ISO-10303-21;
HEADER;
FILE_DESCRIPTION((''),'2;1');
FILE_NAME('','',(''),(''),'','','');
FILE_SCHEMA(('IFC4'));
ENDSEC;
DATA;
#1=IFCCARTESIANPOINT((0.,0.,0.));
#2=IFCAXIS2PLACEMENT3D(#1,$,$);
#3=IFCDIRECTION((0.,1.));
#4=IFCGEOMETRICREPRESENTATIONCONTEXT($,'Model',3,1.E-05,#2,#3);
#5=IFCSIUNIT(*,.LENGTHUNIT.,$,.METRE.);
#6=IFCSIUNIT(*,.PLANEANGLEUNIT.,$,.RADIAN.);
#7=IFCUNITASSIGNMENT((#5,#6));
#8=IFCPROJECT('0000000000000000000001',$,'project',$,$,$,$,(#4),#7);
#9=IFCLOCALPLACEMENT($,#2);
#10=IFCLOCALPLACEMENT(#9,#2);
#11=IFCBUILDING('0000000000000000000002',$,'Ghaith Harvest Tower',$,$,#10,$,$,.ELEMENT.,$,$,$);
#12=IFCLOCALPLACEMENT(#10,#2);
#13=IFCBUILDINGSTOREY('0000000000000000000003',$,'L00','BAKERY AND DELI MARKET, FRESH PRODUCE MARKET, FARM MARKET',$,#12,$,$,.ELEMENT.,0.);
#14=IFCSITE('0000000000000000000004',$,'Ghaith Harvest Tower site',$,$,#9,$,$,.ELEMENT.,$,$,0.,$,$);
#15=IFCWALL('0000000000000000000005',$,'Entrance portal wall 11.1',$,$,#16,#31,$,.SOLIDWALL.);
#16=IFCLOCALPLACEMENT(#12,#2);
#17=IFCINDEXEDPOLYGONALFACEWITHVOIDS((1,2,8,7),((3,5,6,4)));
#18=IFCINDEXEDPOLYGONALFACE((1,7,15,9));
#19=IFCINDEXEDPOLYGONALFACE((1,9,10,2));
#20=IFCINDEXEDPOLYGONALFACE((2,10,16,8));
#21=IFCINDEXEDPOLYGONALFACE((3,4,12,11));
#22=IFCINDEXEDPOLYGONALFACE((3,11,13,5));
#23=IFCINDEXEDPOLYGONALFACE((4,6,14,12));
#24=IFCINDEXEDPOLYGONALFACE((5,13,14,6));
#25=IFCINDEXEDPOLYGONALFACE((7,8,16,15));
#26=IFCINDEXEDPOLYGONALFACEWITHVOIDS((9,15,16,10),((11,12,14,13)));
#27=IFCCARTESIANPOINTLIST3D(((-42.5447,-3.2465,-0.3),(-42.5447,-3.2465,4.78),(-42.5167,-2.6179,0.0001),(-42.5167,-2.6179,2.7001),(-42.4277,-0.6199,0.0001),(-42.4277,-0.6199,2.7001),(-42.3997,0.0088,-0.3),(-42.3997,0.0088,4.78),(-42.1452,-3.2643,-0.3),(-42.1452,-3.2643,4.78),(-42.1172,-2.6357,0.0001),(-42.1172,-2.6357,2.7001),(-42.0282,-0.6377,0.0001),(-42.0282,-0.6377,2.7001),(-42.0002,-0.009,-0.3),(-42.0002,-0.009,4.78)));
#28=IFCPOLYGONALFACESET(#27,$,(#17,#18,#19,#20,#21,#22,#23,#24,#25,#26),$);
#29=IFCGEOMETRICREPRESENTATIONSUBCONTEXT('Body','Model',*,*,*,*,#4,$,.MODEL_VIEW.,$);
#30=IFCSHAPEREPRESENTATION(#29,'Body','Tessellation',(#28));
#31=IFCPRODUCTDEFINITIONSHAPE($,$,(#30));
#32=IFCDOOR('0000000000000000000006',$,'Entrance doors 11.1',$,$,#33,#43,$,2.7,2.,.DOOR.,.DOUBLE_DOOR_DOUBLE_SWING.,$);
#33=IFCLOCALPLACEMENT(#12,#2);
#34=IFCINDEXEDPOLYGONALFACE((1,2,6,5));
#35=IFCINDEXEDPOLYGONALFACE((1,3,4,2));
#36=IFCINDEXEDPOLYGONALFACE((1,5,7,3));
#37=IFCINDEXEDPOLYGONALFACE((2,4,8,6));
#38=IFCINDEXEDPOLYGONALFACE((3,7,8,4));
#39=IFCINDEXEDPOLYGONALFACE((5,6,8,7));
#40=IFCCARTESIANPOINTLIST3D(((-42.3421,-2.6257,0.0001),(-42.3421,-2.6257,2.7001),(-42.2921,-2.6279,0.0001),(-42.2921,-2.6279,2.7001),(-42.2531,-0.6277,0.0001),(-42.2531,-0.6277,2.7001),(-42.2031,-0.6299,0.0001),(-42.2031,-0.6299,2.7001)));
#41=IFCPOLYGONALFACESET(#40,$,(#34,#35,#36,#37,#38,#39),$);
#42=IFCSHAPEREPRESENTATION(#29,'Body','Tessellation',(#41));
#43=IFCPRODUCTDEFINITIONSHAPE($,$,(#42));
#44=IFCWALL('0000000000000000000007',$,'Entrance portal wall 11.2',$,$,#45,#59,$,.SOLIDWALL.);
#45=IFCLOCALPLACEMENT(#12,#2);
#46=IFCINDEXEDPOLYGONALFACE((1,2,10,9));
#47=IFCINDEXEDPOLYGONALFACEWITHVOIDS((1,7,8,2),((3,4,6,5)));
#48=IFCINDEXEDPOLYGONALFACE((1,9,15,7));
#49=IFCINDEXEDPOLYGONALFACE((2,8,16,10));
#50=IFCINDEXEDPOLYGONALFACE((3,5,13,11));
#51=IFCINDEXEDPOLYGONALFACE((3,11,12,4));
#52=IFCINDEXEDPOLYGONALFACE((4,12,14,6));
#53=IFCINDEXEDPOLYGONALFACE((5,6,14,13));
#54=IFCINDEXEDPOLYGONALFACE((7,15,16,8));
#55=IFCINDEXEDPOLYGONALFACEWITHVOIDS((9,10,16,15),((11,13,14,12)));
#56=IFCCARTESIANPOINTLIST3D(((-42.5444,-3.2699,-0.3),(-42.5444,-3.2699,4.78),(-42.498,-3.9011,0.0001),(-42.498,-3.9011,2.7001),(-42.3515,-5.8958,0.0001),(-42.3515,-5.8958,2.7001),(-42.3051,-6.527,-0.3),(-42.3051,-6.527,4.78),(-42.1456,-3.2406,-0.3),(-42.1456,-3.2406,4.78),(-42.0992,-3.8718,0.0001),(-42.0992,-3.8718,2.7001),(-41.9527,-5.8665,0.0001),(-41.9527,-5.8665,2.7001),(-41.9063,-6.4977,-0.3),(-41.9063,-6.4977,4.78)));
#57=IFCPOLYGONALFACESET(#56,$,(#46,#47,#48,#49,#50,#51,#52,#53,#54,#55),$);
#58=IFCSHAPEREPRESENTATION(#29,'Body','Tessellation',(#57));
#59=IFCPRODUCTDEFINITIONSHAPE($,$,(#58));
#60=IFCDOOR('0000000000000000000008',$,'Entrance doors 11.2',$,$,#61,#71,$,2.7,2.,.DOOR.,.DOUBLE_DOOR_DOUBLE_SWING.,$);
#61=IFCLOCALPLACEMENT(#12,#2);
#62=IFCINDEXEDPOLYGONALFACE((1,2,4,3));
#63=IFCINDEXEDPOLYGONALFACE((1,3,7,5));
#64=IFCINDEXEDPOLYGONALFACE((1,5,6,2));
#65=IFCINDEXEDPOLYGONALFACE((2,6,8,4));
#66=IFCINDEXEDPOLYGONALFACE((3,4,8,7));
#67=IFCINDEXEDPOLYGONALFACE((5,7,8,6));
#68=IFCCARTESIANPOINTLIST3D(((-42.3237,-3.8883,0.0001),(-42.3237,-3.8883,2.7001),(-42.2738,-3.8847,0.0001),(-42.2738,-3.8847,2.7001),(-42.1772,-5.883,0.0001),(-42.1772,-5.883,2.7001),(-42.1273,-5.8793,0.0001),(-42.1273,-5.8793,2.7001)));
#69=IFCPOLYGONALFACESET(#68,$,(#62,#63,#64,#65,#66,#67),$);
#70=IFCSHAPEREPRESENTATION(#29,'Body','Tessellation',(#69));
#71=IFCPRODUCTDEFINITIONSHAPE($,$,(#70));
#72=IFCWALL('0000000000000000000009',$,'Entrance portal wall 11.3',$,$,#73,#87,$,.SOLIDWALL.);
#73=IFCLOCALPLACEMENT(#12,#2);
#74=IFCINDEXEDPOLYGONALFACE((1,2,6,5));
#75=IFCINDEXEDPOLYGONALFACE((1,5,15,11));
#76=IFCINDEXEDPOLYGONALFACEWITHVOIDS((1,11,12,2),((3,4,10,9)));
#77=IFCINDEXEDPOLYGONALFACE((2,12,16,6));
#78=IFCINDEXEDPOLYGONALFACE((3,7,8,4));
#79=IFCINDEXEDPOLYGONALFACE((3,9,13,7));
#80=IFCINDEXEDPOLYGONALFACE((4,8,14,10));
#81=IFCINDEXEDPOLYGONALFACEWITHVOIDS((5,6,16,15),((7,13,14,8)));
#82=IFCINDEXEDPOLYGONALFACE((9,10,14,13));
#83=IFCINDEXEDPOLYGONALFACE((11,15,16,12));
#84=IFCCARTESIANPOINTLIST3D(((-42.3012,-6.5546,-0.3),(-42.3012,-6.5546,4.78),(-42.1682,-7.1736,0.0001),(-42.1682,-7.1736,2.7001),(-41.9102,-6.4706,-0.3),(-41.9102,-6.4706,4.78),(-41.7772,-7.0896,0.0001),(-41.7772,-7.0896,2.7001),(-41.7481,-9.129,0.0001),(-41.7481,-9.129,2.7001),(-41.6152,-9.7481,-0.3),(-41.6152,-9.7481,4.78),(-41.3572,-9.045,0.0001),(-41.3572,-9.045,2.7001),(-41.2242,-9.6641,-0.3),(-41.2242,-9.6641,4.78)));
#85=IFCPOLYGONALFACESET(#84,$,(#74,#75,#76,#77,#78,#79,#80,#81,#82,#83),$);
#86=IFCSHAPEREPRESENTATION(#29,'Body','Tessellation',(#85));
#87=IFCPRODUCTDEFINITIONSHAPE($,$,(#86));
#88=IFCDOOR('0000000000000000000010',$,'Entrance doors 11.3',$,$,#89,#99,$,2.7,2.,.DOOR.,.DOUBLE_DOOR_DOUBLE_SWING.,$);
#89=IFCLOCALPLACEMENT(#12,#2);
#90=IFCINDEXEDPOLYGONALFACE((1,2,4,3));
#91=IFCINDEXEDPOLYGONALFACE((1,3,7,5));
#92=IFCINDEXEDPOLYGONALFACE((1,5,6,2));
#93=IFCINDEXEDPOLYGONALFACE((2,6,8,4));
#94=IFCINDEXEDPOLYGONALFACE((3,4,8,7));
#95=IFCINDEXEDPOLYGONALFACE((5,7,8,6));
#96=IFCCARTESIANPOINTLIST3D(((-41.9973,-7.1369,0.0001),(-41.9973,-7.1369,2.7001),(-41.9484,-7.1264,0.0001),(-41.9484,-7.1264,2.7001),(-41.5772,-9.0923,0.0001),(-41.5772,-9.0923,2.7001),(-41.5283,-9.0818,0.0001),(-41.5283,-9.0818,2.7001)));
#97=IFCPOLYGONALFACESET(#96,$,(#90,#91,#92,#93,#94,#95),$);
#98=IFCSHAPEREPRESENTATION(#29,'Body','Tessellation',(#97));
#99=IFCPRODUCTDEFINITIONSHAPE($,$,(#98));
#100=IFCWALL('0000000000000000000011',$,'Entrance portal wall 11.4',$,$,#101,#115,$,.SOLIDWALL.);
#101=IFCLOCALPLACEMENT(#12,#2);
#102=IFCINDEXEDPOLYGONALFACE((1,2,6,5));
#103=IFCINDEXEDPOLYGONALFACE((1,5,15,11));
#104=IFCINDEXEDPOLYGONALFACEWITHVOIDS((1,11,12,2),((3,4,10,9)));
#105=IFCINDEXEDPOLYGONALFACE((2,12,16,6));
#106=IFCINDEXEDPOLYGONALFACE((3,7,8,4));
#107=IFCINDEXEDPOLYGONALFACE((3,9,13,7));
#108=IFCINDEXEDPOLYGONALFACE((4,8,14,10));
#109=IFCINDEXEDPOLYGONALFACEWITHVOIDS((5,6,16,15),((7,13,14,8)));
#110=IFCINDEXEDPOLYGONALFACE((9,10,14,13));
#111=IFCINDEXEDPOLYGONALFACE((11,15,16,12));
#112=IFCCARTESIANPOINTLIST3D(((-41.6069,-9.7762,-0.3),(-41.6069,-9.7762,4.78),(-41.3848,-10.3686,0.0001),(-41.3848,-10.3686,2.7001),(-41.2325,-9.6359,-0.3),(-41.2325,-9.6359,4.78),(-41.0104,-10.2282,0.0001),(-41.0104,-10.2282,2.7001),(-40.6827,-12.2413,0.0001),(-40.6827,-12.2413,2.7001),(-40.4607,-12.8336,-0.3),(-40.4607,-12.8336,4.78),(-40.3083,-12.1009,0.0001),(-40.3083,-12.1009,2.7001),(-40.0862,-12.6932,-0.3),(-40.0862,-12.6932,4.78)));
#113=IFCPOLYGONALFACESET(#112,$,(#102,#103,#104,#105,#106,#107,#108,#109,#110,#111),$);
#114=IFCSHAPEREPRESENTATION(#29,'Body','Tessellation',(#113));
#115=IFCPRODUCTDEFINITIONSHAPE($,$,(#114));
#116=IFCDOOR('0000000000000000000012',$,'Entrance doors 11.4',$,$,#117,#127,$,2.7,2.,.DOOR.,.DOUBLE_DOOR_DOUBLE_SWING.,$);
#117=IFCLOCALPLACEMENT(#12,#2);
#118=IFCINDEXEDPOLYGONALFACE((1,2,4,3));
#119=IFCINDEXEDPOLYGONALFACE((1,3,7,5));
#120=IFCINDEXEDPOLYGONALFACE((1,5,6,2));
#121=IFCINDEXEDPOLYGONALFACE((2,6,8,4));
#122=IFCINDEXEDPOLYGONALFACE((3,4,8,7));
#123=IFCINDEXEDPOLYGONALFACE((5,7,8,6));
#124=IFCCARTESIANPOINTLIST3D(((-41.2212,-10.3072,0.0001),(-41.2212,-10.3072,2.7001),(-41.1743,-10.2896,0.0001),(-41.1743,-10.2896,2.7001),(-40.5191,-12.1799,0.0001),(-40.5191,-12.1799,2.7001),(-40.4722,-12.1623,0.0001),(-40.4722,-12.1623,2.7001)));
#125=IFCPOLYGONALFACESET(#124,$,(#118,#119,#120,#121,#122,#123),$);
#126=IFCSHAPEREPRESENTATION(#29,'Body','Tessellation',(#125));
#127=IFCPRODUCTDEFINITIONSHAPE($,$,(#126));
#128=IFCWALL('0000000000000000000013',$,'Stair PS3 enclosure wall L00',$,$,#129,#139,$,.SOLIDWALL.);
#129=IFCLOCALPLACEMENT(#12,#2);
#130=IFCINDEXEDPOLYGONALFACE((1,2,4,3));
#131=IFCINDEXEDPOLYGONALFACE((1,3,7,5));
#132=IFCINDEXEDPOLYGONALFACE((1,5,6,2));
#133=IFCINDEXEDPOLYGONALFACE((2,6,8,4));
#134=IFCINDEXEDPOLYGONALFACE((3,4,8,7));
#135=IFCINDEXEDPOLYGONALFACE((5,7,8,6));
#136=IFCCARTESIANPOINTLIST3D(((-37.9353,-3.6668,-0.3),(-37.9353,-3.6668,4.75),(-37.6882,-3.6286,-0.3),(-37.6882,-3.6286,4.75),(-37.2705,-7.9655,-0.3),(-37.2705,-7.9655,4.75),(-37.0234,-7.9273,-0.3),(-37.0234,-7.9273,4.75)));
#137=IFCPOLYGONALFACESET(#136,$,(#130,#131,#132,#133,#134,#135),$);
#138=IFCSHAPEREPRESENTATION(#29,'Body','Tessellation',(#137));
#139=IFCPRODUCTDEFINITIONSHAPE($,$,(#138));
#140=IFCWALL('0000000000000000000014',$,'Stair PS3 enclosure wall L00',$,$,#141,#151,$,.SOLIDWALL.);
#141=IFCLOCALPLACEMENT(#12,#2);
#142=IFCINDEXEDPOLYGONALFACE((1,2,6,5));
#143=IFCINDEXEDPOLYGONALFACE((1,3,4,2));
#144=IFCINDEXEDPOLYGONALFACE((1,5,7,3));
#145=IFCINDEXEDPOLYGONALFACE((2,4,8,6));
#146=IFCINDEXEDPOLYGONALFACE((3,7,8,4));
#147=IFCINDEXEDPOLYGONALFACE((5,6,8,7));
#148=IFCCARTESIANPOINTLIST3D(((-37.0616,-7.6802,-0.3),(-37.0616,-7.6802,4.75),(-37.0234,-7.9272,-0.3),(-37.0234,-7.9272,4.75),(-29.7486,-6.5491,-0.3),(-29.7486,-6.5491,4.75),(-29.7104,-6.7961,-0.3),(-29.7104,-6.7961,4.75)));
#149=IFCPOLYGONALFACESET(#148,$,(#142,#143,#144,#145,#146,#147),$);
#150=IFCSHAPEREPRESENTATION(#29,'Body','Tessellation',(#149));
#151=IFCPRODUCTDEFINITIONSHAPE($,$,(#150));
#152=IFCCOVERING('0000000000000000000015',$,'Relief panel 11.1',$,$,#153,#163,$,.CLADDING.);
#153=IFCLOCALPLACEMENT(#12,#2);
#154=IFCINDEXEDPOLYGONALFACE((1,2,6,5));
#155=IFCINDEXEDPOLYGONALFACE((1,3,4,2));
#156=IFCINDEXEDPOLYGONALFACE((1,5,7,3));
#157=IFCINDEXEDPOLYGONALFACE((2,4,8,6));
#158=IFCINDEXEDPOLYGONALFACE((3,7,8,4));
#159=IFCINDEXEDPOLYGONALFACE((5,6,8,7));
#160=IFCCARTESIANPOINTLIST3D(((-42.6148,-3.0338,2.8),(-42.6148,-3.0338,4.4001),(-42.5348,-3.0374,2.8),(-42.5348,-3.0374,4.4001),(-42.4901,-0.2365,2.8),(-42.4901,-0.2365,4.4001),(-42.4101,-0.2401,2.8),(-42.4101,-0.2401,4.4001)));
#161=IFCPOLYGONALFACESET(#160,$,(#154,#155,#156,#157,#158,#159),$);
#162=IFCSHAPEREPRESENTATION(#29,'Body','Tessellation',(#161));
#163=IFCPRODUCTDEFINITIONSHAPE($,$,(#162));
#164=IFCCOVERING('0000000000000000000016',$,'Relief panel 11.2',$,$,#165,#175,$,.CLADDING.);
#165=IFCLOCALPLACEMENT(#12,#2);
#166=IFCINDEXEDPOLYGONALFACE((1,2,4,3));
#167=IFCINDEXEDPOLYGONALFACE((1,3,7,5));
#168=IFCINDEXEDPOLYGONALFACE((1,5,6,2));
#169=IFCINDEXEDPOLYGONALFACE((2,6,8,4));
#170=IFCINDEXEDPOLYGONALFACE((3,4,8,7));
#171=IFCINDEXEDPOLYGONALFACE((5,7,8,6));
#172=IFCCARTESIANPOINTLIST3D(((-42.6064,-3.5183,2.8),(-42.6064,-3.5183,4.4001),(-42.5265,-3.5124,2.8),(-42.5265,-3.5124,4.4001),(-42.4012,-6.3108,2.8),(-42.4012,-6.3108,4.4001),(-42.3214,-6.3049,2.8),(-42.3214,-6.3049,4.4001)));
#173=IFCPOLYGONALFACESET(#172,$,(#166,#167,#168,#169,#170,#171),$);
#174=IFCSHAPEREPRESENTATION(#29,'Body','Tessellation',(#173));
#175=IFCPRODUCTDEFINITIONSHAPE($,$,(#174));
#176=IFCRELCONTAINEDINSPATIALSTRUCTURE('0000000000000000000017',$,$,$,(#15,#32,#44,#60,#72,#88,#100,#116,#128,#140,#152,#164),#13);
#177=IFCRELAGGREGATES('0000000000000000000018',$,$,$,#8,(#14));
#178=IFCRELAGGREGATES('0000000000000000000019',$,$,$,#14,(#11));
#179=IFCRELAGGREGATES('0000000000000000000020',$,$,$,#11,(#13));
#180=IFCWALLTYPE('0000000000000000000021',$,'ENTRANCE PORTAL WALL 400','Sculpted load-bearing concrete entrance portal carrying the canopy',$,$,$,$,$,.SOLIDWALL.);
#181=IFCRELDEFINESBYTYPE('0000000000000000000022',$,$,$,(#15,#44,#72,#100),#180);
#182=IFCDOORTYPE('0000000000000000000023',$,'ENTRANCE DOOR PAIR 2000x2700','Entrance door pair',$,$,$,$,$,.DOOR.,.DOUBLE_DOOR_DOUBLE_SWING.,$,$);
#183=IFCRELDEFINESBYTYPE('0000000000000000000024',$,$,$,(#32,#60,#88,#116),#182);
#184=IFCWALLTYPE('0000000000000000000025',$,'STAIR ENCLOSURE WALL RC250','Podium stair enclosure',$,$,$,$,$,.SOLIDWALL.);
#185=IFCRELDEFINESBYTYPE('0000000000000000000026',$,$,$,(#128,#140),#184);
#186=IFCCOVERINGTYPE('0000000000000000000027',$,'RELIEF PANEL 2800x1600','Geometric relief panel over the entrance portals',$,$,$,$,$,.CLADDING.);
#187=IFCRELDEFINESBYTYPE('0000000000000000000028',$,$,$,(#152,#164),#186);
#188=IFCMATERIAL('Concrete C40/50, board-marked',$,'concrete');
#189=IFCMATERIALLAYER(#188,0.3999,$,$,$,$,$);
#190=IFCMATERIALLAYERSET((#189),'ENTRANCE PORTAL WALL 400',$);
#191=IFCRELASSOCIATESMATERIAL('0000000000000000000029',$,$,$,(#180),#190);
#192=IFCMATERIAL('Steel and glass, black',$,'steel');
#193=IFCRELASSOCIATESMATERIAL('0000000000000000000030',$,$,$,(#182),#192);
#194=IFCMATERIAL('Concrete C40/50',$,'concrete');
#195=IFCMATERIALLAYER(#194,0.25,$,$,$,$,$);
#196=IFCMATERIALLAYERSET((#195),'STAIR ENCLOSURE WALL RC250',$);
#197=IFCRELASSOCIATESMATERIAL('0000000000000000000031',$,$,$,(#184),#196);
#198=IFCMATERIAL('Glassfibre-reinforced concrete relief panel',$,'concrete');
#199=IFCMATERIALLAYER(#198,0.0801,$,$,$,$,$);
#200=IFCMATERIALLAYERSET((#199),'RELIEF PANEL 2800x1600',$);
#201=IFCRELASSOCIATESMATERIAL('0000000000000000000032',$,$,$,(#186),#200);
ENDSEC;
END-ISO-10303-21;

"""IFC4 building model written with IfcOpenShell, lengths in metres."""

from ifc_helpers import new_model, si_unit, direction, frame, frame_2d, origin, origin_2d, place, context, subcontext, project, spatial, rectangle, extrude, material, layer, layer_set, type_object, element, fill, save


model = new_model("IFC4")

# Units and contexts
model_context = context("Model", 3, precision=1e-05, world=origin(), true_north=direction((0.0, 1.0)))
body_context = subcontext(model_context, "Body", "Model", "MODEL_VIEW")
ifc_project = project(units=[si_unit("LENGTHUNIT", "METRE"), si_unit("PLANEANGLEUNIT", "RADIAN")], contexts=[model_context])

# Site, building, storey
site_placement = place(None, origin())
site = spatial("IfcSite", under=ifc_project, at=site_placement, Name="Ghaith Harvest Tower site", CompositionType="ELEMENT", RefElevation=0.0)
building_placement = place(site_placement, origin())
building = spatial("IfcBuilding", under=site, at=building_placement, Name="Ghaith Harvest Tower", CompositionType="ELEMENT")
storey_placement = place(building_placement, origin())
storey = spatial("IfcBuildingStorey", under=building, at=storey_placement, Name="L00", Description="BAKERY AND DELI MARKET, FRESH PRODUCE MARKET, FARM MARKET", CompositionType="ELEMENT", Elevation=0.0)

# Walls, openings, doors
ifc_material_1 = material(Name="Concrete C40/50, board-marked", Category="concrete")
ifc_layer_1 = layer(ifc_material_1, 0.3999)
ifc_layer_set_1 = layer_set([ifc_layer_1], Name="ENTRANCE PORTAL WALL 400")
wall_type_1 = type_object("IfcWallType", Name="ENTRANCE PORTAL WALL 400", Description="Sculpted load-bearing concrete entrance portal carrying the canopy", PredefinedType="SOLIDWALL", material=ifc_layer_set_1)
wall_1_placement = place(storey_placement, frame((-42.2, 0.0, -0.3), z_axis=(0.0, 0.0, 1.0), x_axis=(-0.044504, -0.999009, 0.0)))
wall_1 = element("IfcWall", 1, at=wall_1_placement, inside=storey, type_object=wall_type_1, Name="Entrance portal wall 11.1", PredefinedType="SOLIDWALL", context=body_context, shape_type="SweptSolid", body=[
    extrude(rectangle(XDim=3.2585, YDim=0.3999, at=frame_2d((1.6294, 0.0))), origin(), (0.0, 0.0, 1.0), 5.0801),
])
opening_1_placement = place(wall_1_placement, frame((0.6294, 0.0, 0.3)))
opening_1 = element("IfcOpeningElement", 2, at=opening_1_placement, cuts=wall_1, PredefinedType="OPENING", context=body_context, shape_type="SweptSolid", body=[
    extrude(rectangle(XDim=2.0, YDim=2.7, at=frame_2d((1.0, 1.3501))), frame((0.0, 0.21, 0.0), z_axis=(0.0, -1.0, 0.0), x_axis=(1.0, 0.0, 0.0)), (0.0, 0.0, 1.0), 0.4199),
])
ifc_material_2 = material(Name="Steel and glass, black", Category="steel")
door_type = type_object("IfcDoorType", Name="ENTRANCE DOOR PAIR 2000x2700", Description="Entrance door pair", OperationType="DOUBLE_DOOR_DOUBLE_SWING", PredefinedType="DOOR", material=ifc_material_2)
door_1_placement = place(opening_1_placement, origin())
door_1 = element("IfcDoor", 3, at=door_1_placement, inside=storey, type_object=door_type, Name="Entrance doors 11.1", OperationType="DOUBLE_DOOR_DOUBLE_SWING", OverallHeight=2.7, OverallWidth=2.0, PredefinedType="DOOR", context=body_context, shape_type="SweptSolid", body=[
    extrude(rectangle(XDim=2.0, YDim=2.7, at=frame_2d((1.0, 1.3501))), frame((0.0, 0.0249, 0.0), z_axis=(0.0, -1.0, 0.0), x_axis=(1.0, 0.0, 0.0)), (0.0, 0.0, 1.0), 0.05),
])
fill(opening_1, door_1)
wall_2_placement = place(storey_placement, frame((-42.345, -3.2554, -0.3), z_axis=(0.0, 0.0, 1.0), x_axis=(0.07326, -0.997313, 0.0)))
wall_2 = element("IfcWall", 4, at=wall_2_placement, inside=storey, type_object=wall_type_1, Name="Entrance portal wall 11.2", PredefinedType="SOLIDWALL", context=body_context, shape_type="SweptSolid", body=[
    extrude(rectangle(XDim=3.2659, YDim=0.3999, at=frame_2d((1.6328, 0.0))), origin(), (0.0, 0.0, 1.0), 5.0801),
])
opening_2_placement = place(wall_2_placement, frame((0.6328, 0.0, 0.3)))
opening_2 = element("IfcOpeningElement", 5, at=opening_2_placement, cuts=wall_2, PredefinedType="OPENING", context=body_context, shape_type="SweptSolid", body=[
    extrude(rectangle(XDim=2.0, YDim=2.7, at=frame_2d((1.0, 1.3501))), frame((0.0, 0.21, 0.0), z_axis=(0.0, -1.0, 0.0), x_axis=(1.0, 0.0, 0.0)), (0.0, 0.0, 1.0), 0.4199),
])
door_2_placement = place(opening_2_placement, origin())
door_2 = element("IfcDoor", 6, at=door_2_placement, inside=storey, type_object=door_type, Name="Entrance doors 11.2", OperationType="DOUBLE_DOOR_DOUBLE_SWING", OverallHeight=2.7, OverallWidth=2.0, PredefinedType="DOOR", context=body_context, shape_type="SweptSolid", body=[
    extrude(rectangle(XDim=2.0, YDim=2.7, at=frame_2d((1.0, 1.3501))), frame((0.0, 0.0249, 0.0), z_axis=(0.0, -1.0, 0.0), x_axis=(1.0, 0.0, 0.0)), (0.0, 0.0, 1.0), 0.05),
])
fill(opening_2, door_2)
wall_3_placement = place(storey_placement, frame((-42.1057, -6.5125, -0.3), z_axis=(0.0, 0.0, 1.0), x_axis=(0.210024, -0.977696, 0.0)))
wall_3 = element("IfcWall", 7, at=wall_3_placement, inside=storey, type_object=wall_type_1, Name="Entrance portal wall 11.3", PredefinedType="SOLIDWALL", context=body_context, shape_type="SweptSolid", body=[
    extrude(rectangle(XDim=3.2664, YDim=0.3999, at=frame_2d((1.6333, 0.0))), origin(), (0.0, 0.0, 1.0), 5.0801),
])
opening_3_placement = place(wall_3_placement, frame((0.6333, 0.0, 0.3)))
opening_3 = element("IfcOpeningElement", 8, at=opening_3_placement, cuts=wall_3, PredefinedType="OPENING", context=body_context, shape_type="SweptSolid", body=[
    extrude(rectangle(XDim=2.0, YDim=2.7, at=frame_2d((1.0, 1.3501))), frame((0.0, 0.21, 0.0), z_axis=(0.0, -1.0, 0.0), x_axis=(1.0, 0.0, 0.0)), (0.0, 0.0, 1.0), 0.4199),
])
door_3_placement = place(opening_3_placement, origin())
door_3 = element("IfcDoor", 9, at=door_3_placement, inside=storey, type_object=door_type, Name="Entrance doors 11.3", OperationType="DOUBLE_DOOR_DOUBLE_SWING", OverallHeight=2.7, OverallWidth=2.0, PredefinedType="DOOR", context=body_context, shape_type="SweptSolid", body=[
    extrude(rectangle(XDim=2.0, YDim=2.7, at=frame_2d((1.0, 1.3501))), frame((0.0, 0.0249, 0.0), z_axis=(0.0, -1.0, 0.0), x_axis=(1.0, 0.0, 0.0)), (0.0, 0.0, 1.0), 0.05),
])
fill(opening_3, door_3)
wall_4_placement = place(storey_placement, frame((-41.4197, -9.7061, -0.3), z_axis=(0.0, 0.0, 1.0), x_axis=(0.35105, -0.936357, 0.0)))
wall_4 = element("IfcWall", 10, at=wall_4_placement, inside=storey, type_object=wall_type_1, Name="Entrance portal wall 11.4", PredefinedType="SOLIDWALL", context=body_context, shape_type="SweptSolid", body=[
    extrude(rectangle(XDim=3.2651, YDim=0.3999, at=frame_2d((1.6326, 0.0))), origin(), (0.0, 0.0, 1.0), 5.0801),
])
opening_4_placement = place(wall_4_placement, frame((0.6326, 0.0, 0.3)))
opening_4 = element("IfcOpeningElement", 11, at=opening_4_placement, cuts=wall_4, PredefinedType="OPENING", context=body_context, shape_type="SweptSolid", body=[
    extrude(rectangle(XDim=2.0, YDim=2.7, at=frame_2d((1.0, 1.3501))), frame((0.0, 0.21, 0.0), z_axis=(0.0, -1.0, 0.0), x_axis=(1.0, 0.0, 0.0)), (0.0, 0.0, 1.0), 0.4199),
])
door_4_placement = place(opening_4_placement, origin())
door_4 = element("IfcDoor", 12, at=door_4_placement, inside=storey, type_object=door_type, Name="Entrance doors 11.4", OperationType="DOUBLE_DOOR_DOUBLE_SWING", OverallHeight=2.7, OverallWidth=2.0, PredefinedType="DOOR", context=body_context, shape_type="SweptSolid", body=[
    extrude(rectangle(XDim=2.0, YDim=2.7, at=frame_2d((1.0, 1.3501))), frame((0.0, 0.0249, 0.0), z_axis=(0.0, -1.0, 0.0), x_axis=(1.0, 0.0, 0.0)), (0.0, 0.0, 1.0), 0.05),
])
fill(opening_4, door_4)

# Walls
ifc_material_3 = material(Name="Concrete C40/50", Category="concrete")
ifc_layer_2 = layer(ifc_material_3, 0.25)
ifc_layer_set_2 = layer_set([ifc_layer_2], Name="STAIR ENCLOSURE WALL RC250")
wall_type_2 = type_object("IfcWallType", Name="STAIR ENCLOSURE WALL RC250", Description="Podium stair enclosure", PredefinedType="SOLIDWALL", material=ifc_layer_set_2)
wall_5_placement = place(storey_placement, frame((-37.147, -7.9463, -0.3), z_axis=(0.0, 0.0, 1.0), x_axis=(-0.152829, 0.988253, 0.0)))
element("IfcWall", 13, at=wall_5_placement, inside=storey, type_object=wall_type_2, Name="Stair PS3 enclosure wall L00", PredefinedType="SOLIDWALL", context=body_context, shape_type="SweptSolid", body=[
    extrude(rectangle(XDim=4.3499, YDim=0.25, at=frame_2d((2.1748, 0.0))), origin(), (0.0, 0.0, 1.0), 5.05),
])
wall_6_placement = place(storey_placement, frame((-37.0425, -7.8037, -0.3), z_axis=(0.0, 0.0, 1.0), x_axis=(0.988249, 0.152853, 0.0)))
element("IfcWall", 14, at=wall_6_placement, inside=storey, type_object=wall_type_2, Name="Stair PS3 enclosure wall L00", PredefinedType="SOLIDWALL", context=body_context, shape_type="SweptSolid", body=[
    extrude(rectangle(XDim=7.3999, YDim=0.25, at=frame_2d((3.7, 0.0))), origin(), (0.0, 0.0, 1.0), 5.05),
])

# Coverings
ifc_material_4 = material(Name="Glassfibre-reinforced concrete relief panel", Category="concrete")
ifc_layer_3 = layer(ifc_material_4, 0.0801)
ifc_layer_set_3 = layer_set([ifc_layer_3], Name="RELIEF PANEL 2800x1600")
covering_type = type_object("IfcCoveringType", Name="RELIEF PANEL 2800x1600", Description="Geometric relief panel over the entrance portals", PredefinedType="CLADDING", material=ifc_layer_set_3)
for number, where, z_axis, x_axis, name in (
    (15, (-42.5125, -1.637, 2.8), (0.0, 0.0, 1.0), (-0.044522, -0.999008, 0.0), "Relief panel 11.1"),
    (16, (-42.4639, -4.9116, 2.8), (0.0, 0.0, 1.0), (0.073269, -0.997312, 0.0), "Relief panel 11.2"),
):
    element("IfcCovering", number, at=place(storey_placement, frame(where, z_axis=z_axis, x_axis=x_axis)), inside=storey, type_object=covering_type, Name=name, PredefinedType="CLADDING", context=body_context, shape_type="SweptSolid", body=[
        extrude(rectangle(XDim=2.8, YDim=0.0801, at=origin_2d()), origin(), (0.0, 0.0, 1.0), 1.6001),
    ])

save(model, "model.ifc")
